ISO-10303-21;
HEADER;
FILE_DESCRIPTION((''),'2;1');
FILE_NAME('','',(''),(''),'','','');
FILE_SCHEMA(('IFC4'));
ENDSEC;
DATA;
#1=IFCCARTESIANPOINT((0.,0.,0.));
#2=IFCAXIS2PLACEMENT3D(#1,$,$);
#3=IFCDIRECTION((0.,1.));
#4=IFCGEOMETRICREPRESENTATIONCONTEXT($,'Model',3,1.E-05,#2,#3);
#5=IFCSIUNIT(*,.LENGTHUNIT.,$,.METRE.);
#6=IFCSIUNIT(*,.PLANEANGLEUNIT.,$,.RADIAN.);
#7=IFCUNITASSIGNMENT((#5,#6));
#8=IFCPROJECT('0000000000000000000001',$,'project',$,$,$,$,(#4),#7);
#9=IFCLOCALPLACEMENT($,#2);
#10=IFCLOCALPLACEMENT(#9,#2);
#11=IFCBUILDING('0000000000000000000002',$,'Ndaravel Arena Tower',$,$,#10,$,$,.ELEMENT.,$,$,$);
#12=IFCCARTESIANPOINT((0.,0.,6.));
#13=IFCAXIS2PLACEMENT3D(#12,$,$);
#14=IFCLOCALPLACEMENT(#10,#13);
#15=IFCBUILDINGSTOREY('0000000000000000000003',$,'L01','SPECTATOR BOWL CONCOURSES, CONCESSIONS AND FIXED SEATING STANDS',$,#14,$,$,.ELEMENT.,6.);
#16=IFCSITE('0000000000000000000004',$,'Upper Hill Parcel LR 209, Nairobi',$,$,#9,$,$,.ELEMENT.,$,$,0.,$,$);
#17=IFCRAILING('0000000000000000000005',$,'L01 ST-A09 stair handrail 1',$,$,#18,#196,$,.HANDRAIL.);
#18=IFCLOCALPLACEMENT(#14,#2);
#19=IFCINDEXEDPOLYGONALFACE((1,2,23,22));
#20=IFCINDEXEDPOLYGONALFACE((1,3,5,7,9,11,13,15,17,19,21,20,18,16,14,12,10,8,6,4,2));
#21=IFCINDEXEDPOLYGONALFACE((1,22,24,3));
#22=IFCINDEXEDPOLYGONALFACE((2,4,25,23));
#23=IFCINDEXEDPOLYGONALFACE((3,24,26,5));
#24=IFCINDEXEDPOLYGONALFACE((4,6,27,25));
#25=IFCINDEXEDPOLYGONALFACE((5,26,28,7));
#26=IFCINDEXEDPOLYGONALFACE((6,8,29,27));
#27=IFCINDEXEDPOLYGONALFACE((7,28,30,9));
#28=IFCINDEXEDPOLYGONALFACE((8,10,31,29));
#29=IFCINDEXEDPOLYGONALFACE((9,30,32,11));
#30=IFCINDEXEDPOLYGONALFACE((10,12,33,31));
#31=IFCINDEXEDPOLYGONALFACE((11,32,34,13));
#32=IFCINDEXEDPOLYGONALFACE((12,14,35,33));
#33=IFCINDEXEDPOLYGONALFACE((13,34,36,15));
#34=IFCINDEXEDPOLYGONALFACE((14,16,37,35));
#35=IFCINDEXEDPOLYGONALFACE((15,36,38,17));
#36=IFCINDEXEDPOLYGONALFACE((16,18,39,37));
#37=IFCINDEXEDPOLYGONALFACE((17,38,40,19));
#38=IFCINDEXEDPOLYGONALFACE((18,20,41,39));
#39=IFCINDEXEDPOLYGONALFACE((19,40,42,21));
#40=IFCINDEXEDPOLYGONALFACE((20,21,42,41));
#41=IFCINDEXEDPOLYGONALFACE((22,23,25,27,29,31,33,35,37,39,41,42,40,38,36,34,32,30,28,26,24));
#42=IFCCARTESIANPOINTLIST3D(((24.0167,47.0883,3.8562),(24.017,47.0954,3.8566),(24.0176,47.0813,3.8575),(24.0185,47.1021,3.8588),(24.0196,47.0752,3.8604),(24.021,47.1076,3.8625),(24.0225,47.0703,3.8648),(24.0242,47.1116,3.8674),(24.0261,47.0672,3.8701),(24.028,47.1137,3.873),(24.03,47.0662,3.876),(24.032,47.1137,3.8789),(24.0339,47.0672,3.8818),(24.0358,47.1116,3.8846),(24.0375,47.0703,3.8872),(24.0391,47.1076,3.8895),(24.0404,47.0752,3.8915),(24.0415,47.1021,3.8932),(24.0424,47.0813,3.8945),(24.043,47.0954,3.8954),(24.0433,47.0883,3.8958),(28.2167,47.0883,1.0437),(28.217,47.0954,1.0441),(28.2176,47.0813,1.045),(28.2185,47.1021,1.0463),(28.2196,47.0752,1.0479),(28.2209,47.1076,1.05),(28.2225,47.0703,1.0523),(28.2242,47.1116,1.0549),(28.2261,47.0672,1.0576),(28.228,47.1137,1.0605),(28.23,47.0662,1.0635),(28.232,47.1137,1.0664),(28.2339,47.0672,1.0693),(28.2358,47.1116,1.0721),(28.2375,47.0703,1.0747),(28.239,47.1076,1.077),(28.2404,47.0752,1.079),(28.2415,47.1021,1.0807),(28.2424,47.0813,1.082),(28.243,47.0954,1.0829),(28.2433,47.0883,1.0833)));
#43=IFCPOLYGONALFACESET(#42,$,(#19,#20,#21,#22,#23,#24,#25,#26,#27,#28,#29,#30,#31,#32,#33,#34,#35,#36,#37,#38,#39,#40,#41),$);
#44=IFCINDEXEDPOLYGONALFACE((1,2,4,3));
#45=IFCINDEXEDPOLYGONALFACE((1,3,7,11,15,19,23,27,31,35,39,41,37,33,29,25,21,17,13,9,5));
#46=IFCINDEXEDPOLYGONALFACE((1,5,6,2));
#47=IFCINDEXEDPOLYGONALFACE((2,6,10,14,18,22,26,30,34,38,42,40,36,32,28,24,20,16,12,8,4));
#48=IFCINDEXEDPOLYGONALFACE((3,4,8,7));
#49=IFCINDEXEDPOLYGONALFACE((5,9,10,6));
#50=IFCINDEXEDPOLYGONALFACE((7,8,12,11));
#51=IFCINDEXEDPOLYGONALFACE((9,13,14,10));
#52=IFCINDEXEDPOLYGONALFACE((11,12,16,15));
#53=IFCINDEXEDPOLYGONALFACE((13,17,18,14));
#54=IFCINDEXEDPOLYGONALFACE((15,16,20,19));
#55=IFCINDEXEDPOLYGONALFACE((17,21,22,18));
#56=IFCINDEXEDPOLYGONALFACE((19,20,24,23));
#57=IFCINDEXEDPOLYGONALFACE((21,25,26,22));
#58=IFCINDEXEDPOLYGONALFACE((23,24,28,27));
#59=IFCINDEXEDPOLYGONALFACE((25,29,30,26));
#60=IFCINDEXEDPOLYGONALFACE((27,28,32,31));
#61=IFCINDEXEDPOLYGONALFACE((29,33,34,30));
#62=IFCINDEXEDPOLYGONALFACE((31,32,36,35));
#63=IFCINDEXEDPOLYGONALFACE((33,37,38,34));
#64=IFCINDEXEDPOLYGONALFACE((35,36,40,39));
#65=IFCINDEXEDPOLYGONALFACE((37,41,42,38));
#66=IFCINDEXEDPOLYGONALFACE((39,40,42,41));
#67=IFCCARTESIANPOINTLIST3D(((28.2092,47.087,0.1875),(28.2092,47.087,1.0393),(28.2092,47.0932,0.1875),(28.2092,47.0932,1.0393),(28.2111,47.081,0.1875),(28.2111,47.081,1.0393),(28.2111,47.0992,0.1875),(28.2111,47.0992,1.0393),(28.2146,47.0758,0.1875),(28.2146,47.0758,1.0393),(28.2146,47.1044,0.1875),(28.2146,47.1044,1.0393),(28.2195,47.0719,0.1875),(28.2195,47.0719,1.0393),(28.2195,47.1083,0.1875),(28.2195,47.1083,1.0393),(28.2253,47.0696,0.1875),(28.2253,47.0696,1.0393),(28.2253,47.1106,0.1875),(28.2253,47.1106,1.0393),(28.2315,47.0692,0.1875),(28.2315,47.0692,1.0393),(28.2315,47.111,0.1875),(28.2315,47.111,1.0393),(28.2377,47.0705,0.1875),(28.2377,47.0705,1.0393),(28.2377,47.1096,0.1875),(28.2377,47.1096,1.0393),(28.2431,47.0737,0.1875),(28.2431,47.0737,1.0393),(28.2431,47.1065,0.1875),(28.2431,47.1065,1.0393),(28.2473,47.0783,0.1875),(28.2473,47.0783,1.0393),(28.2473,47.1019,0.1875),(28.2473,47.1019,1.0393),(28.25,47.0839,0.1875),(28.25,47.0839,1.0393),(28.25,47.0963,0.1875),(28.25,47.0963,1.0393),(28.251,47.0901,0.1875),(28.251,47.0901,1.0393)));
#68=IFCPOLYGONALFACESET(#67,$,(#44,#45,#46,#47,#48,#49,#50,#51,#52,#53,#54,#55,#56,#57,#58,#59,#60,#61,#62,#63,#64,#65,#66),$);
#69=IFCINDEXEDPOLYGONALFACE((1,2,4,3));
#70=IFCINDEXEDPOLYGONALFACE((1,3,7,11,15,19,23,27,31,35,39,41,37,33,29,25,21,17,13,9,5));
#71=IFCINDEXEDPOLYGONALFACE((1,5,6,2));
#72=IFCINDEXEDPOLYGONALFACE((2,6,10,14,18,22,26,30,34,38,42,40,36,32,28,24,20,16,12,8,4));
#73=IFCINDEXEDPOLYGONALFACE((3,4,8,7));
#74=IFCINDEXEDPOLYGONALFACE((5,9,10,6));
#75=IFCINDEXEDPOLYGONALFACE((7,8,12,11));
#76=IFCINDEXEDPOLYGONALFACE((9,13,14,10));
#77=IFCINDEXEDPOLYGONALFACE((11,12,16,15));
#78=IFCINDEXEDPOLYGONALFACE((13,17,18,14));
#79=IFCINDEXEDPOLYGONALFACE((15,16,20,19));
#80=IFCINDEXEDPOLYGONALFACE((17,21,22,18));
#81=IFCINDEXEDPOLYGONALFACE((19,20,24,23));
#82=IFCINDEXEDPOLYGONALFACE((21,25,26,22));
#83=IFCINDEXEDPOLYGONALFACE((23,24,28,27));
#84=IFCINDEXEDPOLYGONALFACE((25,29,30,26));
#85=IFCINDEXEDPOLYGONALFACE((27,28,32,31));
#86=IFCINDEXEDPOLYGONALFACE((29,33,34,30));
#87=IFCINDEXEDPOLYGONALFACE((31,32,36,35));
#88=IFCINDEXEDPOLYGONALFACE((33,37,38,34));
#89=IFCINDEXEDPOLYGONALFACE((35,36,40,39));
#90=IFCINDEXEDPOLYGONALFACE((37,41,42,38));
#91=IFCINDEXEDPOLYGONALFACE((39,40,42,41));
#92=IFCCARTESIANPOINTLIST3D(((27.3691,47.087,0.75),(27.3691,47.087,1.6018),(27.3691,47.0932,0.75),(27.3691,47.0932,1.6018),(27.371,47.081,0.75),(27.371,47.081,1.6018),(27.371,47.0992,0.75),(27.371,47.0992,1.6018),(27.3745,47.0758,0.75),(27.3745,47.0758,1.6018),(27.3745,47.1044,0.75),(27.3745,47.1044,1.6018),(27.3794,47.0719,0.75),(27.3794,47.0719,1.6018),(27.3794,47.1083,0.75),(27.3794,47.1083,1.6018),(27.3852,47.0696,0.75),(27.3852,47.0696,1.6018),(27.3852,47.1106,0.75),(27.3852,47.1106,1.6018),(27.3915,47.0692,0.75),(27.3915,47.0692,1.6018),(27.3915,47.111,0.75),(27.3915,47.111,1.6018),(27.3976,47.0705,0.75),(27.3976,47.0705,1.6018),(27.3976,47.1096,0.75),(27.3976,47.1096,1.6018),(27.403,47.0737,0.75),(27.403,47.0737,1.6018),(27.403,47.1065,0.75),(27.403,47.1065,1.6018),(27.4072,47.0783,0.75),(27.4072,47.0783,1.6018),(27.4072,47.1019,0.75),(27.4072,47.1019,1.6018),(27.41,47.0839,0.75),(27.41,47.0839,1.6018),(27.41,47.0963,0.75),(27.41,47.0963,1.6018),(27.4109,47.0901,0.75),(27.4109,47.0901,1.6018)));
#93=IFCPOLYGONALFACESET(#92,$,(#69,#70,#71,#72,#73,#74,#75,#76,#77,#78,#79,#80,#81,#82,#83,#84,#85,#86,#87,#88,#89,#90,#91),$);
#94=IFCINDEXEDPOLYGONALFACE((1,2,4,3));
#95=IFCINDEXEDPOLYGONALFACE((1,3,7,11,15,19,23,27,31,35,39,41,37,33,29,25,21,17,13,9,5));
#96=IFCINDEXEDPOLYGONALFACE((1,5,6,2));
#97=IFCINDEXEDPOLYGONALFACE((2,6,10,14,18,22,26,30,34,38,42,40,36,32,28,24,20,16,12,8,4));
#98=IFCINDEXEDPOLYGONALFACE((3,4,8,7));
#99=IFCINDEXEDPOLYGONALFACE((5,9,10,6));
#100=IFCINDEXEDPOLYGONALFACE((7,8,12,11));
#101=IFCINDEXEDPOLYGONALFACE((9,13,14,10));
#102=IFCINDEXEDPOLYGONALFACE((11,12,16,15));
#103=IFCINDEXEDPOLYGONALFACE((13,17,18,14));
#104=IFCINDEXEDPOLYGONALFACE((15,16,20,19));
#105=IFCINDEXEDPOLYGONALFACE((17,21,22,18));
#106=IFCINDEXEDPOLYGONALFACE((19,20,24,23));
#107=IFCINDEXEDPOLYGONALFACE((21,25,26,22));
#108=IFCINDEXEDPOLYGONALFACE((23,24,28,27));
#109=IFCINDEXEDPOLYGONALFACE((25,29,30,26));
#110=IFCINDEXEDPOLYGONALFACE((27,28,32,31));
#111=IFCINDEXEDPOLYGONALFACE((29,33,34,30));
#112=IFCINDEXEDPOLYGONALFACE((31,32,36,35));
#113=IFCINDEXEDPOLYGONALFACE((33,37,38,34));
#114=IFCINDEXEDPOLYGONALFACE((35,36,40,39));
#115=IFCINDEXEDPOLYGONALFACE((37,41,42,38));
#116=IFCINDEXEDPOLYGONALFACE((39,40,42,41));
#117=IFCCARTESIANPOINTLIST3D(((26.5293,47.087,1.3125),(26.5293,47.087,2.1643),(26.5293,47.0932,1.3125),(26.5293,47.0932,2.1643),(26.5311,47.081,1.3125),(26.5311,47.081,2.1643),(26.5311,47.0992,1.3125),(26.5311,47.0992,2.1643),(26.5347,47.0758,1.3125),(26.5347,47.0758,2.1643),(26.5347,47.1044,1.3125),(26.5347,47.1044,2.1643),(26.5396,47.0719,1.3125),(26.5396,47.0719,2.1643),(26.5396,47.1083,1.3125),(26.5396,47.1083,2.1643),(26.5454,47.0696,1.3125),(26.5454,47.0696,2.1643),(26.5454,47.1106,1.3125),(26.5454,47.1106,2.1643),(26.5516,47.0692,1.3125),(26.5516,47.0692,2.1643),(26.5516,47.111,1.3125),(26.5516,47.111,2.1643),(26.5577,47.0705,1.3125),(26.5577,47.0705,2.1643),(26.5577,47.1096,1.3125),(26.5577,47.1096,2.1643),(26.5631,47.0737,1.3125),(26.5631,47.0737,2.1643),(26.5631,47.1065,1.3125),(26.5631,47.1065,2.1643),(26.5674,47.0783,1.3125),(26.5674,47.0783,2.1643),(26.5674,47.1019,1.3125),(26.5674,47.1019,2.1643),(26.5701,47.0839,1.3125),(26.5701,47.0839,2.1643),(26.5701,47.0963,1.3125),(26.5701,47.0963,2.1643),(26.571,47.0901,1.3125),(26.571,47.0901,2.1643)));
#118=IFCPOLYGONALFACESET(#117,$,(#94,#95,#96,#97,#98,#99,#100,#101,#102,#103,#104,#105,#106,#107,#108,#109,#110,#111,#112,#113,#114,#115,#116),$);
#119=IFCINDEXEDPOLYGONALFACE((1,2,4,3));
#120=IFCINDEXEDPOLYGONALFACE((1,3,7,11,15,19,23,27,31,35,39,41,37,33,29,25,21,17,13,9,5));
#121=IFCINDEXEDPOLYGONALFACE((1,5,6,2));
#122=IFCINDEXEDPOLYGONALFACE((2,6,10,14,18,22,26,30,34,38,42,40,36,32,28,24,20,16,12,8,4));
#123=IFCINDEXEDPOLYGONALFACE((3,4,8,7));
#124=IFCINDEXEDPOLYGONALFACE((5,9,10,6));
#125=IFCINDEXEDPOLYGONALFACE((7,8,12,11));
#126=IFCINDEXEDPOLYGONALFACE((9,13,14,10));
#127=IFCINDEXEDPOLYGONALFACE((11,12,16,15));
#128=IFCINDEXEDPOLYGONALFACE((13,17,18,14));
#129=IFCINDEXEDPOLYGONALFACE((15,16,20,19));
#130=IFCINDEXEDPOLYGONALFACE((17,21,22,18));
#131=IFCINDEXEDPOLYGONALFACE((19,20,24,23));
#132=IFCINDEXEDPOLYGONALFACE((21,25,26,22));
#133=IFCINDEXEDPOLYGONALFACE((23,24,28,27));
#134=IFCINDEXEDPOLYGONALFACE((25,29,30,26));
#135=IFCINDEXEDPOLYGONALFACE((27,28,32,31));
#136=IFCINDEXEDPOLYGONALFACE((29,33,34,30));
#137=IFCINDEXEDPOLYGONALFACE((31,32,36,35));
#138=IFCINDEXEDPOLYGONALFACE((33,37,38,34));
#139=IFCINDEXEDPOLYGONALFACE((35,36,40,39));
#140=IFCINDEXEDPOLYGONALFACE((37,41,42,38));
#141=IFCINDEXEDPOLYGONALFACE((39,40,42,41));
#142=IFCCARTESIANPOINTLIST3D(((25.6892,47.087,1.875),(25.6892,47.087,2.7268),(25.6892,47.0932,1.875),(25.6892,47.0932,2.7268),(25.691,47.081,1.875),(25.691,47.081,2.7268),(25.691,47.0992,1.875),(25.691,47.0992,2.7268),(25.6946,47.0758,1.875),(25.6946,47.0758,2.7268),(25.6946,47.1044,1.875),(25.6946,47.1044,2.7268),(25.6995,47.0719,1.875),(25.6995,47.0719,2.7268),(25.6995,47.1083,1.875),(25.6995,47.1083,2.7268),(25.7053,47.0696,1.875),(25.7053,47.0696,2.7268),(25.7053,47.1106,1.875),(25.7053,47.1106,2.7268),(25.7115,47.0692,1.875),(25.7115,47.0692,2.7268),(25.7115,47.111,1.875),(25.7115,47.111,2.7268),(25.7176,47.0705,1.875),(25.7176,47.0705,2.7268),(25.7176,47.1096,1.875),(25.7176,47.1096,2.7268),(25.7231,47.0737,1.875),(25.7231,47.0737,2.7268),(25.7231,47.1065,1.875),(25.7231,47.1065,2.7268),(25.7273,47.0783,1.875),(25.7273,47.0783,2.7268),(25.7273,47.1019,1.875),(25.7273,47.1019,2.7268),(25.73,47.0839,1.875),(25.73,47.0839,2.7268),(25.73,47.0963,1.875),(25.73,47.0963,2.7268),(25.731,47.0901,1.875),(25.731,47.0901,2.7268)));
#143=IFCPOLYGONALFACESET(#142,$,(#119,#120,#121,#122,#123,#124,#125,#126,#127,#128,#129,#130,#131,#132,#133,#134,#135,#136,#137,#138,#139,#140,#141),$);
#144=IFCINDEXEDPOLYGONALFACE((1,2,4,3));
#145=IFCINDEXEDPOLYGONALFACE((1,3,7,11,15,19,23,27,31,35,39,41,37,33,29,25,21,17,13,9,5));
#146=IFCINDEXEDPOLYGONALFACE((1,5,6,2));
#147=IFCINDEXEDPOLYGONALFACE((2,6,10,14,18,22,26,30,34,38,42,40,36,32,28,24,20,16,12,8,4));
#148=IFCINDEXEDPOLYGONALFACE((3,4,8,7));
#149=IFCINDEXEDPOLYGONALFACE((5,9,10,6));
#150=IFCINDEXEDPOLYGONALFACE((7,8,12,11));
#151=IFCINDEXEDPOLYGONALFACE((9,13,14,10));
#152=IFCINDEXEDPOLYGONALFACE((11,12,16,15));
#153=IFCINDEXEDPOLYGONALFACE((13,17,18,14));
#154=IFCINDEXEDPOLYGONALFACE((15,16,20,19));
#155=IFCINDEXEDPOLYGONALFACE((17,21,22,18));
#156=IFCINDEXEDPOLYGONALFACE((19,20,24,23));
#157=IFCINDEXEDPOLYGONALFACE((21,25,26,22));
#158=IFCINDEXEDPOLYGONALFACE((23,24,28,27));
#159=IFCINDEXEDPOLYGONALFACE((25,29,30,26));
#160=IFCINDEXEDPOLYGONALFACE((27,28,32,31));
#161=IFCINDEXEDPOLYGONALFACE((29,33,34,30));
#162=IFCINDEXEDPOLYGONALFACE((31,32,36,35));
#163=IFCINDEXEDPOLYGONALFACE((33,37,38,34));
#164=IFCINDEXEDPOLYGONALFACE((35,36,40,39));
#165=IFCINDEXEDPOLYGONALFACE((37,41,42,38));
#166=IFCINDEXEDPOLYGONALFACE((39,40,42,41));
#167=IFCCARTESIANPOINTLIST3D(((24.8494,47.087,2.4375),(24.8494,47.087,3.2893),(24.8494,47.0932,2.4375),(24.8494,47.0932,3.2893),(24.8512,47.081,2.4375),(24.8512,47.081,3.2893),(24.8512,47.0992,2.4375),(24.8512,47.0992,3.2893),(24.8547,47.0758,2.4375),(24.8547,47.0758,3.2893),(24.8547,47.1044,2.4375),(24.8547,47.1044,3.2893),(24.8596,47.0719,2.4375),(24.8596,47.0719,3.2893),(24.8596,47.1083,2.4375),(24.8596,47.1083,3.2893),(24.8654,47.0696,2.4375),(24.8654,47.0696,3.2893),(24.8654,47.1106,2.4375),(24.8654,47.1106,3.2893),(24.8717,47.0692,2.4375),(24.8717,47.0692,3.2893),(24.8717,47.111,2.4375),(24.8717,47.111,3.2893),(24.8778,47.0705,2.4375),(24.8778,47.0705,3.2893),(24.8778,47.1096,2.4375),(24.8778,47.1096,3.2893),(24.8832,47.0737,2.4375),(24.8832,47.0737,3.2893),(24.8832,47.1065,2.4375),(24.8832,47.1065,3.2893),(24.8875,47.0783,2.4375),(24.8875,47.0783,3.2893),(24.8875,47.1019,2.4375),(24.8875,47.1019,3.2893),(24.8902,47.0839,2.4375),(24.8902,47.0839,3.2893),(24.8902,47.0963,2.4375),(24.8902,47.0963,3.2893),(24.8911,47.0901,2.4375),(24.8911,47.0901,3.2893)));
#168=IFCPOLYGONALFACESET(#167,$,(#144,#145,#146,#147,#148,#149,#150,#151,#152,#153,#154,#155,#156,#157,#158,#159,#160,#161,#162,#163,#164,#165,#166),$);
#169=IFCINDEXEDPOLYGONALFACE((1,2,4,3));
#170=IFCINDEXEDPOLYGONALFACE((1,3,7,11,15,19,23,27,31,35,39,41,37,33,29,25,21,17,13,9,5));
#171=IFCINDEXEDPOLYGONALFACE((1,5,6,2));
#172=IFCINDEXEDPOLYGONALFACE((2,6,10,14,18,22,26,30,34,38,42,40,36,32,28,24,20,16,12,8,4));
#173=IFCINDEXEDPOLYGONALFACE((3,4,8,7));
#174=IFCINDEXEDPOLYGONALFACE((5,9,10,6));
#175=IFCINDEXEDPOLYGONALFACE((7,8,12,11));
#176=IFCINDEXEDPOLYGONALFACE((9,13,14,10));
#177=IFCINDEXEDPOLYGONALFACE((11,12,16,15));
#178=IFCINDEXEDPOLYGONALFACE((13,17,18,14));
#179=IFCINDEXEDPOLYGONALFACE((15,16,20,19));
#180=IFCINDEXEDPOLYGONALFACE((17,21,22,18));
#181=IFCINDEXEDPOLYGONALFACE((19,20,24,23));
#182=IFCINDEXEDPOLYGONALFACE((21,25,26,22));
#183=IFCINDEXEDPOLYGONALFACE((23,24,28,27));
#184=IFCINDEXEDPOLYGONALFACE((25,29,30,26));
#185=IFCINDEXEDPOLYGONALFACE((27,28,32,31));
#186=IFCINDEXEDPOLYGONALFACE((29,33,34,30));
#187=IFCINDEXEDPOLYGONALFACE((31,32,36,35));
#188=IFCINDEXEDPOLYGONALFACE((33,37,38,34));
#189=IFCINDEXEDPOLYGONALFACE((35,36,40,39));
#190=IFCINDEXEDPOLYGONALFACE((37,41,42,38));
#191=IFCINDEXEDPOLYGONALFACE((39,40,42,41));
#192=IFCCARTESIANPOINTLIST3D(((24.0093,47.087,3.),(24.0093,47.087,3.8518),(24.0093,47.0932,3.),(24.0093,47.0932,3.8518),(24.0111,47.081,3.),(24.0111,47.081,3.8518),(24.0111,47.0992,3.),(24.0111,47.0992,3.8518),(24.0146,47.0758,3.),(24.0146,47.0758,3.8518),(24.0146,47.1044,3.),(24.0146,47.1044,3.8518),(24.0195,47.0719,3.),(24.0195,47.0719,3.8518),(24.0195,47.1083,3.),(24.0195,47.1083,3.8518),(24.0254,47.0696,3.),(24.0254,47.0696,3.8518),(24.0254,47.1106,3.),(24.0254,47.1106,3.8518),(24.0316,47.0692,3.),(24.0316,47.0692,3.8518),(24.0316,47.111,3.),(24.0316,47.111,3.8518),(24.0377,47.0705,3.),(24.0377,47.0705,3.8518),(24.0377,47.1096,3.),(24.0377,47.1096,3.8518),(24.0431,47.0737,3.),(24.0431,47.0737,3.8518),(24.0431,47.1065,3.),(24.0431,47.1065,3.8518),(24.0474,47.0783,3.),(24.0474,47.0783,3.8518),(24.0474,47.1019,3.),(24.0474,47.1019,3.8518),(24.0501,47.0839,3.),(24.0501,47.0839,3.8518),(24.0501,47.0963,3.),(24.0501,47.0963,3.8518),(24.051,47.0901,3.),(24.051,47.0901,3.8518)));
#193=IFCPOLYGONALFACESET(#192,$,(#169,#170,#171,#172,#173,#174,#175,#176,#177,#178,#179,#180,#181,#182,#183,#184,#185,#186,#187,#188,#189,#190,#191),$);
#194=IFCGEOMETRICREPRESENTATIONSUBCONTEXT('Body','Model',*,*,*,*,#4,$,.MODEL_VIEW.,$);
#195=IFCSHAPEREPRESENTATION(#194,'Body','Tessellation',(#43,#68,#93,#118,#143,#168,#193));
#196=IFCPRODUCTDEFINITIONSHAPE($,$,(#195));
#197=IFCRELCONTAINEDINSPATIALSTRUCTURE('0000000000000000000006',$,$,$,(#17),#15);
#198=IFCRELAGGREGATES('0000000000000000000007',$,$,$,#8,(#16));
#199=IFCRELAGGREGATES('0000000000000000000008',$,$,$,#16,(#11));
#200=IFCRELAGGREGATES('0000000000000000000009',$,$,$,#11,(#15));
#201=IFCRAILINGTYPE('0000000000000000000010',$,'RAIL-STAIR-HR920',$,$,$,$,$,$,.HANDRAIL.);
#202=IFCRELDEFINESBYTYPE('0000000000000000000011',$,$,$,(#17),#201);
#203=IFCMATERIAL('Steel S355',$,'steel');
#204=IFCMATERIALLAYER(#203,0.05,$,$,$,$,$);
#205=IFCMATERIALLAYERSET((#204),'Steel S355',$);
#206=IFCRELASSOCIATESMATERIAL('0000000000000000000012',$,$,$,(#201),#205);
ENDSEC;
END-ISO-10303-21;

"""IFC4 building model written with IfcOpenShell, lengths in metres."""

from ifc_helpers import new_model, si_unit, direction, frame, origin, origin_2d, place, context, subcontext, project, spatial, circle, extrude, material, layer, layer_set, type_object, element, save


model = new_model("IFC4")

# Units and contexts
model_context = context("Model", 3, precision=1e-05, world=origin(), true_north=direction((0.0, 1.0)))
body_context = subcontext(model_context, "Body", "Model", "MODEL_VIEW")
ifc_project = project(units=[si_unit("LENGTHUNIT", "METRE"), si_unit("PLANEANGLEUNIT", "RADIAN")], contexts=[model_context])

# Site, building, storey
site_placement = place(None, origin())
site = spatial("IfcSite", under=ifc_project, at=site_placement, Name="Upper Hill Parcel LR 209, Nairobi", CompositionType="ELEMENT", RefElevation=0.0)
building_placement = place(site_placement, origin())
building = spatial("IfcBuilding", under=site, at=building_placement, Name="Ndaravel Arena Tower", CompositionType="ELEMENT")
storey_placement = place(building_placement, frame((0.0, 0.0, 6.0)))
storey = spatial("IfcBuildingStorey", under=building, at=storey_placement, Name="L01", Description="SPECTATOR BOWL CONCOURSES, CONCESSIONS AND FIXED SEATING STANDS", CompositionType="ELEMENT", Elevation=6.0)

# Railing
ifc_material_1 = material(Name="Steel S355", Category="steel")
ifc_layer_1 = layer(ifc_material_1, 0.05)
ifc_layer_set_1 = layer_set([ifc_layer_1], Name="Steel S355")
railing_type_1 = type_object("IfcRailingType", Name="RAIL-STAIR-HR920", PredefinedType="HANDRAIL", material=ifc_layer_set_1)
railing_1_placement = place(storey_placement, frame((28.23, 47.0901, 0.1875)))
element("IfcRailing", 1, at=railing_1_placement, inside=storey, type_object=railing_type_1, Name="L01 ST-A09 stair handrail 1", PredefinedType="HANDRAIL", context=body_context, shape_type="SweptSolid", body=[
    extrude(circle(Radius=0.0239, at=origin_2d()), frame((0.0, 0.0, 0.876), z_axis=(-0.830904, 0.0, 0.556416), x_axis=(0.0, -1.0, 0.0)), (0.0, 0.0, 1.0), 5.0547),
    extrude(circle(Radius=0.021, at=origin_2d()), origin(), (0.0, 0.0, 1.0), 0.8518),
    extrude(circle(Radius=0.021, at=origin_2d()), frame((-0.8401, 0.0, 0.5625)), (0.0, 0.0, 1.0), 0.8518),
    extrude(circle(Radius=0.021, at=origin_2d()), frame((-1.6799, 0.0, 1.125)), (0.0, 0.0, 1.0), 0.8518),
    extrude(circle(Radius=0.021, at=origin_2d()), frame((-2.52, 0.0, 1.6875)), (0.0, 0.0, 1.0), 0.8518),
    extrude(circle(Radius=0.021, at=origin_2d()), frame((-3.3599, 0.0, 2.25)), (0.0, 0.0, 1.0), 0.8518),
    extrude(circle(Radius=0.021, at=origin_2d()), frame((-4.2, 0.0, 2.8125)), (0.0, 0.0, 1.0), 0.8518),
])

save(model, "model.ifc")
